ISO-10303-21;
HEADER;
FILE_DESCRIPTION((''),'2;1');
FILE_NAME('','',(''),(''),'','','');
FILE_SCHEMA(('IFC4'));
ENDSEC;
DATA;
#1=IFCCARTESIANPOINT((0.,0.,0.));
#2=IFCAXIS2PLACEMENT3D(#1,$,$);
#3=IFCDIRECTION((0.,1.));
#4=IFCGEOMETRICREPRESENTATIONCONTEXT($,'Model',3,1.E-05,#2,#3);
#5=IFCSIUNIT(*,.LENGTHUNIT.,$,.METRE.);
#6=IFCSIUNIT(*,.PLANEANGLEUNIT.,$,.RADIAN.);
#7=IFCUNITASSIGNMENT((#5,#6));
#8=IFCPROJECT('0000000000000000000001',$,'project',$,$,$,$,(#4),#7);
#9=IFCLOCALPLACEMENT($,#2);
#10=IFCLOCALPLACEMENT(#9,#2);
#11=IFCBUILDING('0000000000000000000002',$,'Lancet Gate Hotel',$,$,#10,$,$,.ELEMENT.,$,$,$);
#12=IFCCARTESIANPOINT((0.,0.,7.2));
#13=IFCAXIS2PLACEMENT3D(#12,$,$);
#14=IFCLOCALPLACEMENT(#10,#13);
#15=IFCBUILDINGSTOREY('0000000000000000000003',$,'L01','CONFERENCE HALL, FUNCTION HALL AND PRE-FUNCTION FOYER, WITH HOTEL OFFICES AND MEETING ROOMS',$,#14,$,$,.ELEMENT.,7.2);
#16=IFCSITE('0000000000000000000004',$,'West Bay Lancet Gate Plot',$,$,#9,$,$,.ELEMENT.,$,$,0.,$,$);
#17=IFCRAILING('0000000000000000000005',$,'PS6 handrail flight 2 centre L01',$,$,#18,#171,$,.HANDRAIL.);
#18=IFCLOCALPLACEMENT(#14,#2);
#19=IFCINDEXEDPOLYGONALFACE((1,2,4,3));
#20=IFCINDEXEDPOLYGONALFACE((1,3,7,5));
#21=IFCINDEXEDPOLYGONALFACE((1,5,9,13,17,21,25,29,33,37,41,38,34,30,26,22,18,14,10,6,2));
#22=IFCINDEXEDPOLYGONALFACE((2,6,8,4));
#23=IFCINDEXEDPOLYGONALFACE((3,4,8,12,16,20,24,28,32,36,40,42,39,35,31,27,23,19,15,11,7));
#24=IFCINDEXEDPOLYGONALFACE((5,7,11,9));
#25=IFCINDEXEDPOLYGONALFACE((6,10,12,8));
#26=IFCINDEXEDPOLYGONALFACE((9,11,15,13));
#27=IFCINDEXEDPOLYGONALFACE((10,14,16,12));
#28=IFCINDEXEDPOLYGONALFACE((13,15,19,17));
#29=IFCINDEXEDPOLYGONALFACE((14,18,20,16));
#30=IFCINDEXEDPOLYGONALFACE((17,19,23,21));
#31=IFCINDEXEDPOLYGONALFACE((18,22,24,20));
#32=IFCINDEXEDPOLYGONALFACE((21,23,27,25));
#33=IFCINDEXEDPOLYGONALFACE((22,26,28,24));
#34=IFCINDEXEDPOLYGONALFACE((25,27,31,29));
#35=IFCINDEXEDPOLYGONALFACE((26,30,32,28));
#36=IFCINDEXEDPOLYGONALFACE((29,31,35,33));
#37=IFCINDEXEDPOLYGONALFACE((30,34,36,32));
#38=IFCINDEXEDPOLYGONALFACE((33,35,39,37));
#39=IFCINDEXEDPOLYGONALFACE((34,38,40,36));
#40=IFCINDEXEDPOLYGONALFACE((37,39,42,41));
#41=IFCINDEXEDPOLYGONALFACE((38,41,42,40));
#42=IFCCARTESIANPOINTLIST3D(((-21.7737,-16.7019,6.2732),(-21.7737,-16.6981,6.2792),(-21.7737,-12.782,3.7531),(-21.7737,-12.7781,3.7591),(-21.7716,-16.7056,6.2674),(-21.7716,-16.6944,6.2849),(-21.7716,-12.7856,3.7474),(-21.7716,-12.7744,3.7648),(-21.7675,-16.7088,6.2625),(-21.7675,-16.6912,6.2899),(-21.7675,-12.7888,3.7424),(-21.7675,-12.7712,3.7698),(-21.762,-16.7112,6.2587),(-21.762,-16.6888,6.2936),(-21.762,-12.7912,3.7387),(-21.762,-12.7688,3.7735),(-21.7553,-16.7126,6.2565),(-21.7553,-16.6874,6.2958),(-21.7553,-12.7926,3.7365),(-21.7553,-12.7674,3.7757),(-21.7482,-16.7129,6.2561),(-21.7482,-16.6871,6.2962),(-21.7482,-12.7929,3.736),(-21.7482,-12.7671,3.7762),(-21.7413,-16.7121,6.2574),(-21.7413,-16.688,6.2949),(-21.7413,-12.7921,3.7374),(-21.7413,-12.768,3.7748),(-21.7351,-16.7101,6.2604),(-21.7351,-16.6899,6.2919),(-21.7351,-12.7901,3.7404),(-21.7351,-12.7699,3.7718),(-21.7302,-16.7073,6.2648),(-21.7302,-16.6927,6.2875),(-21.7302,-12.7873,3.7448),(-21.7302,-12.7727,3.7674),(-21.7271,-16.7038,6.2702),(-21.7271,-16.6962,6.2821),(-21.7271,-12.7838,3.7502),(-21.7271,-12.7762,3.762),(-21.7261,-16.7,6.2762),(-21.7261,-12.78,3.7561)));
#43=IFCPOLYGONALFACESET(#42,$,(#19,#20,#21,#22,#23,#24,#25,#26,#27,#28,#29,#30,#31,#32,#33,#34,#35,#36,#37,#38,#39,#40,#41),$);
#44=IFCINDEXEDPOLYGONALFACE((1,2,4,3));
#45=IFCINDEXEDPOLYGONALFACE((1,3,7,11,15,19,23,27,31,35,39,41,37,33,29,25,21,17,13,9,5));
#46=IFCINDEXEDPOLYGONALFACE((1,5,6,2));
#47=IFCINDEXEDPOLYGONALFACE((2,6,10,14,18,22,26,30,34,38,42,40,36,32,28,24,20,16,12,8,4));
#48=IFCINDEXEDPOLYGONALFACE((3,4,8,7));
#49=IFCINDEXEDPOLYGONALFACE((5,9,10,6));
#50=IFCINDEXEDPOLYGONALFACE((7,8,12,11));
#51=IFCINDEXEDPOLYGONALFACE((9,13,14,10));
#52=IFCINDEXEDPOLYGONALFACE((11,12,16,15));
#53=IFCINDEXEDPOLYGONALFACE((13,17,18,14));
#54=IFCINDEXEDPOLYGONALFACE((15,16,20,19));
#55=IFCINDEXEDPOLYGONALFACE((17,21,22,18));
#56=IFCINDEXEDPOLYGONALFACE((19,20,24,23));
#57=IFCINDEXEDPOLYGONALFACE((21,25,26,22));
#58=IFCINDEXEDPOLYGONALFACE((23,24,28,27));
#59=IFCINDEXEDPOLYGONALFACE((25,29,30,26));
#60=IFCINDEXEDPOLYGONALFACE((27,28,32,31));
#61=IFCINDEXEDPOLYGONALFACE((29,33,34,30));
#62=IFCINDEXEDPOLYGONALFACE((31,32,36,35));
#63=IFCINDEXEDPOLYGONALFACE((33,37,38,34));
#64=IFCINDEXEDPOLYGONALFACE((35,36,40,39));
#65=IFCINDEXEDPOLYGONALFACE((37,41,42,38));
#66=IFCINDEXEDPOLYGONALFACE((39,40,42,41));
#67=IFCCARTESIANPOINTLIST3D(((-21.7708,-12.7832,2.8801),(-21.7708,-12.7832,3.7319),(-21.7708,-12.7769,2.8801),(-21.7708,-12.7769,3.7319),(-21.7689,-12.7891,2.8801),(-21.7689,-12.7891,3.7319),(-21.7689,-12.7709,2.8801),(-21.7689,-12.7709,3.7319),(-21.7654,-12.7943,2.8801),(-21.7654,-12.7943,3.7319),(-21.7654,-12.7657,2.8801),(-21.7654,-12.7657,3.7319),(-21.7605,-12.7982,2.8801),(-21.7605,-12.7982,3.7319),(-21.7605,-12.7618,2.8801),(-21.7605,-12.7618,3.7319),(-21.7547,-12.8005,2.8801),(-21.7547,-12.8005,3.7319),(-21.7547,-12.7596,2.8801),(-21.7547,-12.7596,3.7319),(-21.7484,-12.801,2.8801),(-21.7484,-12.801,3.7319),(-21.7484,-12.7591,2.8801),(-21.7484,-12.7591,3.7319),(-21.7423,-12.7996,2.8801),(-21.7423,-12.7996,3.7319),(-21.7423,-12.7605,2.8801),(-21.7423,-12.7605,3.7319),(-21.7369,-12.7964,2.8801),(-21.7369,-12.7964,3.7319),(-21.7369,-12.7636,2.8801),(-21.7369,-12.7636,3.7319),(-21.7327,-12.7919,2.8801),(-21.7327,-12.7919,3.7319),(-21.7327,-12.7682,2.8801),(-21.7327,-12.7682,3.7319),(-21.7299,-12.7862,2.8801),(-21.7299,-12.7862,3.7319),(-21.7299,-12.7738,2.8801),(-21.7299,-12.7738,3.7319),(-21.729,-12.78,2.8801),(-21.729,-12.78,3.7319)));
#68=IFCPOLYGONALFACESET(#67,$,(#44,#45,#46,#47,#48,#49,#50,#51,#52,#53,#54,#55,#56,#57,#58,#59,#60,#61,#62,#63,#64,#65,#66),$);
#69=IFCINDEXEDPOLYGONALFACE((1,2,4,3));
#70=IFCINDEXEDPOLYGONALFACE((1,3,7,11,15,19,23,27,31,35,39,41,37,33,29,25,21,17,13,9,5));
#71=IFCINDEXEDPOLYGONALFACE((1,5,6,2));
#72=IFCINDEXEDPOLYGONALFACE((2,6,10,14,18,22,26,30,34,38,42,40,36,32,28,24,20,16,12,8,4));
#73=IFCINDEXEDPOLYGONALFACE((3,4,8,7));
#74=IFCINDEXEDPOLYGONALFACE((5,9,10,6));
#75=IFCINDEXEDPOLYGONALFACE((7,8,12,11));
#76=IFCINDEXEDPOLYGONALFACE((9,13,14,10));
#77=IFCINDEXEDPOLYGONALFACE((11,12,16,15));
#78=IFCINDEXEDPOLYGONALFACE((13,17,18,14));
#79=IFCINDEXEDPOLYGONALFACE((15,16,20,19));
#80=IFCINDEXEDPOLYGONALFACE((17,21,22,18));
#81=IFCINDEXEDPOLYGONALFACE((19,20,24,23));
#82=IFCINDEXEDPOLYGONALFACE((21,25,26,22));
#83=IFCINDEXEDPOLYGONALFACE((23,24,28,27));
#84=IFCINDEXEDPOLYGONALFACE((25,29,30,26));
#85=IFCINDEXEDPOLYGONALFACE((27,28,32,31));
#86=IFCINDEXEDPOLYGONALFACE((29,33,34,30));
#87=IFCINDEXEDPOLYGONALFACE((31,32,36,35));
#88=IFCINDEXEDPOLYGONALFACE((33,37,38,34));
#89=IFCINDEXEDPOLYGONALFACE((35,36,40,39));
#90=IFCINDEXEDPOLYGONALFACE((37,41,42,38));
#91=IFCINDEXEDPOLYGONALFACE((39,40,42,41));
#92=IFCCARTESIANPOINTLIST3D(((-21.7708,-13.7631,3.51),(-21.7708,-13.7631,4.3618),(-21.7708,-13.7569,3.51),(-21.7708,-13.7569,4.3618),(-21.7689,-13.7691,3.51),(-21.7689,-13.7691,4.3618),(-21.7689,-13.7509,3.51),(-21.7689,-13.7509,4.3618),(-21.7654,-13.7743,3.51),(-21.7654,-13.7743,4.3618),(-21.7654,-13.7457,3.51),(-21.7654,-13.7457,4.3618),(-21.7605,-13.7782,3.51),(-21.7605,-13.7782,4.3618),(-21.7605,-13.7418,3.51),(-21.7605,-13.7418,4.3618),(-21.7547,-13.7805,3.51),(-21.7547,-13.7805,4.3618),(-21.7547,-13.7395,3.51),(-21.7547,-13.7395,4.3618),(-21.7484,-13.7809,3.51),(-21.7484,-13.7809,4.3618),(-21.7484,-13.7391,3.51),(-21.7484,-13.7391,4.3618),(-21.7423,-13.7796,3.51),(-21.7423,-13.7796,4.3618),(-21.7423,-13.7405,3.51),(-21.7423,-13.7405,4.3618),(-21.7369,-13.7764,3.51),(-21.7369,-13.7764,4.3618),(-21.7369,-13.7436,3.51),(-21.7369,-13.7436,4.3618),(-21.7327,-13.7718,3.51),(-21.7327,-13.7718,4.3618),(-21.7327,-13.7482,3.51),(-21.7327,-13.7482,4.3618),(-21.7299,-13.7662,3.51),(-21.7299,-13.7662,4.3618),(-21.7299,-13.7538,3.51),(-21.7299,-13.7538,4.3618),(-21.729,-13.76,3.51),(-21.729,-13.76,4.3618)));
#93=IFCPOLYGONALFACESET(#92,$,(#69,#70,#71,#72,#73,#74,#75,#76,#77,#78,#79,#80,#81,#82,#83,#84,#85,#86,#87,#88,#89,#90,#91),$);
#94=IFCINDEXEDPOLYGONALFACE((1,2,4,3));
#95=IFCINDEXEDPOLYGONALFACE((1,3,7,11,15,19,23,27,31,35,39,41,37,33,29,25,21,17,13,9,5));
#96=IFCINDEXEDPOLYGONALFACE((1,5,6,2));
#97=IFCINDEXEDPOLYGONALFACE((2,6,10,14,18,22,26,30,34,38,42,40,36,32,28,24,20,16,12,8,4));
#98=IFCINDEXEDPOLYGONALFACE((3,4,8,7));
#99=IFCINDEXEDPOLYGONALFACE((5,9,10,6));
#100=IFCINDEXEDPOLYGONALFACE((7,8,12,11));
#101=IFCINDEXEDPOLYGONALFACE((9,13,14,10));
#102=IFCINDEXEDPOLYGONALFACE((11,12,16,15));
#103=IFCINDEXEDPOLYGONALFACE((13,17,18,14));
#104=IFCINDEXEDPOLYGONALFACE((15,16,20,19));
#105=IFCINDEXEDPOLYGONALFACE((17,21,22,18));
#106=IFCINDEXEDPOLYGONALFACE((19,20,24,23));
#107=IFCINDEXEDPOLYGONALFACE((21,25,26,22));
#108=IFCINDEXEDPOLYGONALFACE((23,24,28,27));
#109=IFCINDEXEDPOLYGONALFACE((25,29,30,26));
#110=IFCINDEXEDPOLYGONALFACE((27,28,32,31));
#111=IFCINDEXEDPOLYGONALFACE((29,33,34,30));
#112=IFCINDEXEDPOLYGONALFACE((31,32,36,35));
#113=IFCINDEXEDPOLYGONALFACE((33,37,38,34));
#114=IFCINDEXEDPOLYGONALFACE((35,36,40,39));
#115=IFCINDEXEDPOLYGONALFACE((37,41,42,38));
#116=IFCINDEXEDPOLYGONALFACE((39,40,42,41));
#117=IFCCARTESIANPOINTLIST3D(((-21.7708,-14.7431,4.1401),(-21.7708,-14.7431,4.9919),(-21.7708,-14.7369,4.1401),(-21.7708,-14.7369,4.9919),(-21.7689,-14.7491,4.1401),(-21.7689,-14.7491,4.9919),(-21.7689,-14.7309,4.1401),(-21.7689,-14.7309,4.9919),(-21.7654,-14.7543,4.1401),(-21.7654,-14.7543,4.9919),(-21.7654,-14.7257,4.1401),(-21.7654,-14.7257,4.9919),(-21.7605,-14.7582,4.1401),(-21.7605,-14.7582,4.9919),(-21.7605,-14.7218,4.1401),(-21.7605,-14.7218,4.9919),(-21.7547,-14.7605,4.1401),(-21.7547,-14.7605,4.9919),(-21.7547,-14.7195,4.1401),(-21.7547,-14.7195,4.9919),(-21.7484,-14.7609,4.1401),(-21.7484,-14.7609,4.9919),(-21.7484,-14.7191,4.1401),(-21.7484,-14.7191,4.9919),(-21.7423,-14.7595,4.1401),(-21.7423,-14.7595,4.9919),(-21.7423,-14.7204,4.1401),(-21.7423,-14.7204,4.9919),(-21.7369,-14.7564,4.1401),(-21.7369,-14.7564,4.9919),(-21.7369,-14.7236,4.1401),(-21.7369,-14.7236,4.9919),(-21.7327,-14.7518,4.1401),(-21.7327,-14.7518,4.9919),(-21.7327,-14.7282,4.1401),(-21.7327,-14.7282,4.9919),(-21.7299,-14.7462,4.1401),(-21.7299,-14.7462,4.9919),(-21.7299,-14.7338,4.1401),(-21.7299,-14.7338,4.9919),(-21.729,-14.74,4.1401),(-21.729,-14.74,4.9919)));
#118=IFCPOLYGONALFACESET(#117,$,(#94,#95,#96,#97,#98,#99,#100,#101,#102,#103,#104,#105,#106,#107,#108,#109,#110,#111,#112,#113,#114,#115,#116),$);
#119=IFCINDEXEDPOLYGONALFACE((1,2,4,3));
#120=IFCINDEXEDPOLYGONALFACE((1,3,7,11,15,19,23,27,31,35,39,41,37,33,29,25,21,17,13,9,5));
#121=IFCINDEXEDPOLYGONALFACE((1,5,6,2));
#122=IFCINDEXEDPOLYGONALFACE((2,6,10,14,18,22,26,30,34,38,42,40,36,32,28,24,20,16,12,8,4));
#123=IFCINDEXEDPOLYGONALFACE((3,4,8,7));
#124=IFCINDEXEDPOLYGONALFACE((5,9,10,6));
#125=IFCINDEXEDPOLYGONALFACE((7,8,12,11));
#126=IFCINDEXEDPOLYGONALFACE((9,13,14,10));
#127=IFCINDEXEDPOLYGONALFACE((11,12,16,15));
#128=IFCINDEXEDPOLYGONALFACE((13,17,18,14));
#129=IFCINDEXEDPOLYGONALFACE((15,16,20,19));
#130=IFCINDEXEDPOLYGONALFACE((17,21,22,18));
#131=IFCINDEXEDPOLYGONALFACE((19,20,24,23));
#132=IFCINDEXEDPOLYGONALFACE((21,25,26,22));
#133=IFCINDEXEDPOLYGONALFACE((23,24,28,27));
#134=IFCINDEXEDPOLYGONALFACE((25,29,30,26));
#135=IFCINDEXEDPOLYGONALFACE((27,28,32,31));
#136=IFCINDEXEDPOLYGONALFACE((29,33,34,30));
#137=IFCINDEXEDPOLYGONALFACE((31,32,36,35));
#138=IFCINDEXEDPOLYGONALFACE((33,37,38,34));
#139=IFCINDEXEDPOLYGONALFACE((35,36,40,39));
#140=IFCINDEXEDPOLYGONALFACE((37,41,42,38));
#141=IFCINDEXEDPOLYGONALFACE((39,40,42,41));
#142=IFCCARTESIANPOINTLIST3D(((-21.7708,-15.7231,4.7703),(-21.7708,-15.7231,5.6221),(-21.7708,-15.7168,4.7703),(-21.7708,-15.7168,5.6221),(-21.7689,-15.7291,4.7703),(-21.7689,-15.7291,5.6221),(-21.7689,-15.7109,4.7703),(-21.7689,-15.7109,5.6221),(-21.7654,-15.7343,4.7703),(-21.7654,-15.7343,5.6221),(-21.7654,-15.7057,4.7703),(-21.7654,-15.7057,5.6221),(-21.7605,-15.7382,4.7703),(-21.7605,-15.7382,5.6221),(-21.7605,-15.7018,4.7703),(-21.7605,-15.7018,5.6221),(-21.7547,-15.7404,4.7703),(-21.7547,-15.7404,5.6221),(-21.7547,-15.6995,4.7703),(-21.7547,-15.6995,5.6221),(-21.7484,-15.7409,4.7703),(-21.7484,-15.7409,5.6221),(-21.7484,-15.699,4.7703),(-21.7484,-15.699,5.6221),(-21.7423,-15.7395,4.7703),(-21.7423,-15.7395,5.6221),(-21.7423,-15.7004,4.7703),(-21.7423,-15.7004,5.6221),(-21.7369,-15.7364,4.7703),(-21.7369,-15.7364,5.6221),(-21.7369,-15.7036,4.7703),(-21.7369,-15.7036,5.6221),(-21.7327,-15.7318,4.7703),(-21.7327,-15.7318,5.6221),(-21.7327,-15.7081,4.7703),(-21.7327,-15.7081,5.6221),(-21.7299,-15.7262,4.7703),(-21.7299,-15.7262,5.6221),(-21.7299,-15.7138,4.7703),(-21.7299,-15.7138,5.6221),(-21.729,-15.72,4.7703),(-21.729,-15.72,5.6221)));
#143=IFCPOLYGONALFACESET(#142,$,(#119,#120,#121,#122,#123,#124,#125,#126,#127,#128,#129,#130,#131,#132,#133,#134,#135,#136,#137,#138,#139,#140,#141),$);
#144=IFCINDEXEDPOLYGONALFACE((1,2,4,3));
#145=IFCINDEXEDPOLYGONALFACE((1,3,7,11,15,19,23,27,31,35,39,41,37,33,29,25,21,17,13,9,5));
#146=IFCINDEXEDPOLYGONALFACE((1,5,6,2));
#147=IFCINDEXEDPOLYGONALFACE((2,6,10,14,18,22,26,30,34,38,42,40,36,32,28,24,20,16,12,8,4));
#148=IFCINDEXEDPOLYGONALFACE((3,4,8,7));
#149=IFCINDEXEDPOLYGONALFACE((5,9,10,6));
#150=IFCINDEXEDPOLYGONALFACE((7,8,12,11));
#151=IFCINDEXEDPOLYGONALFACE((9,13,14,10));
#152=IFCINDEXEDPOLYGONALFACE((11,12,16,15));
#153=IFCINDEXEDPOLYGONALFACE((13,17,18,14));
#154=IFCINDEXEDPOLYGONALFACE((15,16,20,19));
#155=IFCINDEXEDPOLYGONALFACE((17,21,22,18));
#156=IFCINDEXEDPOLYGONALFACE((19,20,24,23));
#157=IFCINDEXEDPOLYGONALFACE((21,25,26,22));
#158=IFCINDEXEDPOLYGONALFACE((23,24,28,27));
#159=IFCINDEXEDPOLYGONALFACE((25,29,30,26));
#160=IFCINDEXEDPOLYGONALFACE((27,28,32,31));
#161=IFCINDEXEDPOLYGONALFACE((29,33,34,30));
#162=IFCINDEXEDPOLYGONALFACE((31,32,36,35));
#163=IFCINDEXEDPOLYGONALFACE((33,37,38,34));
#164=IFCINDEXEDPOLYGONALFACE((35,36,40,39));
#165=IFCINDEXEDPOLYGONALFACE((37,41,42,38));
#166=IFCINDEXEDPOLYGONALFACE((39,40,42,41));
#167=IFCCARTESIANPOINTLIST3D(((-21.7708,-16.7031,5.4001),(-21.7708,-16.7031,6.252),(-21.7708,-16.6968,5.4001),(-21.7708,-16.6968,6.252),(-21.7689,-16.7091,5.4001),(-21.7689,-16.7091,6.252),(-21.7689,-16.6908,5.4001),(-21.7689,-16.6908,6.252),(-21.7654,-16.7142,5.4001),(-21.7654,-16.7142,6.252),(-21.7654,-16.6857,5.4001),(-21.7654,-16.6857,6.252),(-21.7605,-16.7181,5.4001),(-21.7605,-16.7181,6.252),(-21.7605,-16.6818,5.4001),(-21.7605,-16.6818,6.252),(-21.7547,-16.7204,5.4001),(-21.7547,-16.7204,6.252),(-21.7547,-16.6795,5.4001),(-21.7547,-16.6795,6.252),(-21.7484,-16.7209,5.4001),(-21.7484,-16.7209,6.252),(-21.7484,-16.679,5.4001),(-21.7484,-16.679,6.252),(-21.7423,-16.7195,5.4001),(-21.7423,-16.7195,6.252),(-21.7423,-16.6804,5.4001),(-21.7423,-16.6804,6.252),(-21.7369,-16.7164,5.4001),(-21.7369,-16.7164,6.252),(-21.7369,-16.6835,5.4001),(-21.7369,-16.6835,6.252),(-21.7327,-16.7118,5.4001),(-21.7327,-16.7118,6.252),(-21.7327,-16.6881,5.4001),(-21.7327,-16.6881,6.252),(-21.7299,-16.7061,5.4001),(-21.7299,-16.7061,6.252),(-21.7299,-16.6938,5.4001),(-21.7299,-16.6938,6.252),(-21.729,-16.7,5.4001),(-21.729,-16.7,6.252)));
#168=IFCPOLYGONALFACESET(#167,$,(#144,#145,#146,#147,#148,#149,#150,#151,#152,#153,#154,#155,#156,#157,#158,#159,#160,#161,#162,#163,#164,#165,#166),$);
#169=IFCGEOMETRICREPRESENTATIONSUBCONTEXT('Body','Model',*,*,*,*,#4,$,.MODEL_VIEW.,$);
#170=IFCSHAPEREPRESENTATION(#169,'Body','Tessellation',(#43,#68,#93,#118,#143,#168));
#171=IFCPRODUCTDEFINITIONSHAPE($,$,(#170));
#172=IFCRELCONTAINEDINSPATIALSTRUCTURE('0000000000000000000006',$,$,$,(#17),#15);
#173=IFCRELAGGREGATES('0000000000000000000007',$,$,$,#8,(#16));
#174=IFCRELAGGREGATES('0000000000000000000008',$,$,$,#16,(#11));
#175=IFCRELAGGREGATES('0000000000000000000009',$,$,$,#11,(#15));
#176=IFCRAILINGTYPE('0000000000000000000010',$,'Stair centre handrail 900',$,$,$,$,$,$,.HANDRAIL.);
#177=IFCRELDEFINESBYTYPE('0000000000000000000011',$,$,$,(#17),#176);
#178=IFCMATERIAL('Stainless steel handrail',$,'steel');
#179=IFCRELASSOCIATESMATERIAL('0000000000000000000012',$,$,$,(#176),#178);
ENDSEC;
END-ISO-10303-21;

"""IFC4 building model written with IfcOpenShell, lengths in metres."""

from ifc_helpers import new_model, si_unit, direction, frame, origin, origin_2d, place, context, subcontext, project, spatial, circle, extrude, material, type_object, element, save


model = new_model("IFC4")

# Units and contexts
model_context = context("Model", 3, precision=1e-05, world=origin(), true_north=direction((0.0, 1.0)))
body_context = subcontext(model_context, "Body", "Model", "MODEL_VIEW")
ifc_project = project(units=[si_unit("LENGTHUNIT", "METRE"), si_unit("PLANEANGLEUNIT", "RADIAN")], contexts=[model_context])

# Site, building, storey
site_placement = place(None, origin())
site = spatial("IfcSite", under=ifc_project, at=site_placement, Name="West Bay Lancet Gate Plot", CompositionType="ELEMENT", RefElevation=0.0)
building_placement = place(site_placement, origin())
building = spatial("IfcBuilding", under=site, at=building_placement, Name="Lancet Gate Hotel", CompositionType="ELEMENT")
storey_placement = place(building_placement, frame((0.0, 0.0, 7.2)))
storey = spatial("IfcBuildingStorey", under=building, at=storey_placement, Name="L01", Description="CONFERENCE HALL, FUNCTION HALL AND PRE-FUNCTION FOYER, WITH HOTEL OFFICES AND MEETING ROOMS", CompositionType="ELEMENT", Elevation=7.2)

# Railing
ifc_material_1 = material(Name="Stainless steel handrail", Category="steel")
railing_type_1 = type_object("IfcRailingType", Name="Stair centre handrail 900", PredefinedType="HANDRAIL", material=ifc_material_1)
railing_1_placement = place(storey_placement, frame((-21.75, -12.78, 2.8801)))
element("IfcRailing", 1, at=railing_1_placement, inside=storey, type_object=railing_type_1, Name="PS6 handrail flight 2 centre L01", PredefinedType="HANDRAIL", context=body_context, shape_type="SweptSolid", body=[
    extrude(circle(Radius=0.0239, at=origin_2d()), frame((0.0, 0.0, 0.876), z_axis=(0.0, -0.841172, 0.540768), x_axis=(1.0, 0.0, 0.0)), (0.0, 0.0, 1.0), 4.6602),
    extrude(circle(Radius=0.021, at=origin_2d()), origin(), (0.0, 0.0, 1.0), 0.8518),
    extrude(circle(Radius=0.021, at=origin_2d()), frame((0.0, -0.98, 0.6299)), (0.0, 0.0, 1.0), 0.8518),
    extrude(circle(Radius=0.021, at=origin_2d()), frame((0.0, -1.96, 1.26)), (0.0, 0.0, 1.0), 0.8518),
    extrude(circle(Radius=0.021, at=origin_2d()), frame((0.0, -2.9399, 1.8901)), (0.0, 0.0, 1.0), 0.8518),
    extrude(circle(Radius=0.021, at=origin_2d()), frame((0.0, -3.9199, 2.52)), (0.0, 0.0, 1.0), 0.8518),
])

save(model, "model.ifc")
